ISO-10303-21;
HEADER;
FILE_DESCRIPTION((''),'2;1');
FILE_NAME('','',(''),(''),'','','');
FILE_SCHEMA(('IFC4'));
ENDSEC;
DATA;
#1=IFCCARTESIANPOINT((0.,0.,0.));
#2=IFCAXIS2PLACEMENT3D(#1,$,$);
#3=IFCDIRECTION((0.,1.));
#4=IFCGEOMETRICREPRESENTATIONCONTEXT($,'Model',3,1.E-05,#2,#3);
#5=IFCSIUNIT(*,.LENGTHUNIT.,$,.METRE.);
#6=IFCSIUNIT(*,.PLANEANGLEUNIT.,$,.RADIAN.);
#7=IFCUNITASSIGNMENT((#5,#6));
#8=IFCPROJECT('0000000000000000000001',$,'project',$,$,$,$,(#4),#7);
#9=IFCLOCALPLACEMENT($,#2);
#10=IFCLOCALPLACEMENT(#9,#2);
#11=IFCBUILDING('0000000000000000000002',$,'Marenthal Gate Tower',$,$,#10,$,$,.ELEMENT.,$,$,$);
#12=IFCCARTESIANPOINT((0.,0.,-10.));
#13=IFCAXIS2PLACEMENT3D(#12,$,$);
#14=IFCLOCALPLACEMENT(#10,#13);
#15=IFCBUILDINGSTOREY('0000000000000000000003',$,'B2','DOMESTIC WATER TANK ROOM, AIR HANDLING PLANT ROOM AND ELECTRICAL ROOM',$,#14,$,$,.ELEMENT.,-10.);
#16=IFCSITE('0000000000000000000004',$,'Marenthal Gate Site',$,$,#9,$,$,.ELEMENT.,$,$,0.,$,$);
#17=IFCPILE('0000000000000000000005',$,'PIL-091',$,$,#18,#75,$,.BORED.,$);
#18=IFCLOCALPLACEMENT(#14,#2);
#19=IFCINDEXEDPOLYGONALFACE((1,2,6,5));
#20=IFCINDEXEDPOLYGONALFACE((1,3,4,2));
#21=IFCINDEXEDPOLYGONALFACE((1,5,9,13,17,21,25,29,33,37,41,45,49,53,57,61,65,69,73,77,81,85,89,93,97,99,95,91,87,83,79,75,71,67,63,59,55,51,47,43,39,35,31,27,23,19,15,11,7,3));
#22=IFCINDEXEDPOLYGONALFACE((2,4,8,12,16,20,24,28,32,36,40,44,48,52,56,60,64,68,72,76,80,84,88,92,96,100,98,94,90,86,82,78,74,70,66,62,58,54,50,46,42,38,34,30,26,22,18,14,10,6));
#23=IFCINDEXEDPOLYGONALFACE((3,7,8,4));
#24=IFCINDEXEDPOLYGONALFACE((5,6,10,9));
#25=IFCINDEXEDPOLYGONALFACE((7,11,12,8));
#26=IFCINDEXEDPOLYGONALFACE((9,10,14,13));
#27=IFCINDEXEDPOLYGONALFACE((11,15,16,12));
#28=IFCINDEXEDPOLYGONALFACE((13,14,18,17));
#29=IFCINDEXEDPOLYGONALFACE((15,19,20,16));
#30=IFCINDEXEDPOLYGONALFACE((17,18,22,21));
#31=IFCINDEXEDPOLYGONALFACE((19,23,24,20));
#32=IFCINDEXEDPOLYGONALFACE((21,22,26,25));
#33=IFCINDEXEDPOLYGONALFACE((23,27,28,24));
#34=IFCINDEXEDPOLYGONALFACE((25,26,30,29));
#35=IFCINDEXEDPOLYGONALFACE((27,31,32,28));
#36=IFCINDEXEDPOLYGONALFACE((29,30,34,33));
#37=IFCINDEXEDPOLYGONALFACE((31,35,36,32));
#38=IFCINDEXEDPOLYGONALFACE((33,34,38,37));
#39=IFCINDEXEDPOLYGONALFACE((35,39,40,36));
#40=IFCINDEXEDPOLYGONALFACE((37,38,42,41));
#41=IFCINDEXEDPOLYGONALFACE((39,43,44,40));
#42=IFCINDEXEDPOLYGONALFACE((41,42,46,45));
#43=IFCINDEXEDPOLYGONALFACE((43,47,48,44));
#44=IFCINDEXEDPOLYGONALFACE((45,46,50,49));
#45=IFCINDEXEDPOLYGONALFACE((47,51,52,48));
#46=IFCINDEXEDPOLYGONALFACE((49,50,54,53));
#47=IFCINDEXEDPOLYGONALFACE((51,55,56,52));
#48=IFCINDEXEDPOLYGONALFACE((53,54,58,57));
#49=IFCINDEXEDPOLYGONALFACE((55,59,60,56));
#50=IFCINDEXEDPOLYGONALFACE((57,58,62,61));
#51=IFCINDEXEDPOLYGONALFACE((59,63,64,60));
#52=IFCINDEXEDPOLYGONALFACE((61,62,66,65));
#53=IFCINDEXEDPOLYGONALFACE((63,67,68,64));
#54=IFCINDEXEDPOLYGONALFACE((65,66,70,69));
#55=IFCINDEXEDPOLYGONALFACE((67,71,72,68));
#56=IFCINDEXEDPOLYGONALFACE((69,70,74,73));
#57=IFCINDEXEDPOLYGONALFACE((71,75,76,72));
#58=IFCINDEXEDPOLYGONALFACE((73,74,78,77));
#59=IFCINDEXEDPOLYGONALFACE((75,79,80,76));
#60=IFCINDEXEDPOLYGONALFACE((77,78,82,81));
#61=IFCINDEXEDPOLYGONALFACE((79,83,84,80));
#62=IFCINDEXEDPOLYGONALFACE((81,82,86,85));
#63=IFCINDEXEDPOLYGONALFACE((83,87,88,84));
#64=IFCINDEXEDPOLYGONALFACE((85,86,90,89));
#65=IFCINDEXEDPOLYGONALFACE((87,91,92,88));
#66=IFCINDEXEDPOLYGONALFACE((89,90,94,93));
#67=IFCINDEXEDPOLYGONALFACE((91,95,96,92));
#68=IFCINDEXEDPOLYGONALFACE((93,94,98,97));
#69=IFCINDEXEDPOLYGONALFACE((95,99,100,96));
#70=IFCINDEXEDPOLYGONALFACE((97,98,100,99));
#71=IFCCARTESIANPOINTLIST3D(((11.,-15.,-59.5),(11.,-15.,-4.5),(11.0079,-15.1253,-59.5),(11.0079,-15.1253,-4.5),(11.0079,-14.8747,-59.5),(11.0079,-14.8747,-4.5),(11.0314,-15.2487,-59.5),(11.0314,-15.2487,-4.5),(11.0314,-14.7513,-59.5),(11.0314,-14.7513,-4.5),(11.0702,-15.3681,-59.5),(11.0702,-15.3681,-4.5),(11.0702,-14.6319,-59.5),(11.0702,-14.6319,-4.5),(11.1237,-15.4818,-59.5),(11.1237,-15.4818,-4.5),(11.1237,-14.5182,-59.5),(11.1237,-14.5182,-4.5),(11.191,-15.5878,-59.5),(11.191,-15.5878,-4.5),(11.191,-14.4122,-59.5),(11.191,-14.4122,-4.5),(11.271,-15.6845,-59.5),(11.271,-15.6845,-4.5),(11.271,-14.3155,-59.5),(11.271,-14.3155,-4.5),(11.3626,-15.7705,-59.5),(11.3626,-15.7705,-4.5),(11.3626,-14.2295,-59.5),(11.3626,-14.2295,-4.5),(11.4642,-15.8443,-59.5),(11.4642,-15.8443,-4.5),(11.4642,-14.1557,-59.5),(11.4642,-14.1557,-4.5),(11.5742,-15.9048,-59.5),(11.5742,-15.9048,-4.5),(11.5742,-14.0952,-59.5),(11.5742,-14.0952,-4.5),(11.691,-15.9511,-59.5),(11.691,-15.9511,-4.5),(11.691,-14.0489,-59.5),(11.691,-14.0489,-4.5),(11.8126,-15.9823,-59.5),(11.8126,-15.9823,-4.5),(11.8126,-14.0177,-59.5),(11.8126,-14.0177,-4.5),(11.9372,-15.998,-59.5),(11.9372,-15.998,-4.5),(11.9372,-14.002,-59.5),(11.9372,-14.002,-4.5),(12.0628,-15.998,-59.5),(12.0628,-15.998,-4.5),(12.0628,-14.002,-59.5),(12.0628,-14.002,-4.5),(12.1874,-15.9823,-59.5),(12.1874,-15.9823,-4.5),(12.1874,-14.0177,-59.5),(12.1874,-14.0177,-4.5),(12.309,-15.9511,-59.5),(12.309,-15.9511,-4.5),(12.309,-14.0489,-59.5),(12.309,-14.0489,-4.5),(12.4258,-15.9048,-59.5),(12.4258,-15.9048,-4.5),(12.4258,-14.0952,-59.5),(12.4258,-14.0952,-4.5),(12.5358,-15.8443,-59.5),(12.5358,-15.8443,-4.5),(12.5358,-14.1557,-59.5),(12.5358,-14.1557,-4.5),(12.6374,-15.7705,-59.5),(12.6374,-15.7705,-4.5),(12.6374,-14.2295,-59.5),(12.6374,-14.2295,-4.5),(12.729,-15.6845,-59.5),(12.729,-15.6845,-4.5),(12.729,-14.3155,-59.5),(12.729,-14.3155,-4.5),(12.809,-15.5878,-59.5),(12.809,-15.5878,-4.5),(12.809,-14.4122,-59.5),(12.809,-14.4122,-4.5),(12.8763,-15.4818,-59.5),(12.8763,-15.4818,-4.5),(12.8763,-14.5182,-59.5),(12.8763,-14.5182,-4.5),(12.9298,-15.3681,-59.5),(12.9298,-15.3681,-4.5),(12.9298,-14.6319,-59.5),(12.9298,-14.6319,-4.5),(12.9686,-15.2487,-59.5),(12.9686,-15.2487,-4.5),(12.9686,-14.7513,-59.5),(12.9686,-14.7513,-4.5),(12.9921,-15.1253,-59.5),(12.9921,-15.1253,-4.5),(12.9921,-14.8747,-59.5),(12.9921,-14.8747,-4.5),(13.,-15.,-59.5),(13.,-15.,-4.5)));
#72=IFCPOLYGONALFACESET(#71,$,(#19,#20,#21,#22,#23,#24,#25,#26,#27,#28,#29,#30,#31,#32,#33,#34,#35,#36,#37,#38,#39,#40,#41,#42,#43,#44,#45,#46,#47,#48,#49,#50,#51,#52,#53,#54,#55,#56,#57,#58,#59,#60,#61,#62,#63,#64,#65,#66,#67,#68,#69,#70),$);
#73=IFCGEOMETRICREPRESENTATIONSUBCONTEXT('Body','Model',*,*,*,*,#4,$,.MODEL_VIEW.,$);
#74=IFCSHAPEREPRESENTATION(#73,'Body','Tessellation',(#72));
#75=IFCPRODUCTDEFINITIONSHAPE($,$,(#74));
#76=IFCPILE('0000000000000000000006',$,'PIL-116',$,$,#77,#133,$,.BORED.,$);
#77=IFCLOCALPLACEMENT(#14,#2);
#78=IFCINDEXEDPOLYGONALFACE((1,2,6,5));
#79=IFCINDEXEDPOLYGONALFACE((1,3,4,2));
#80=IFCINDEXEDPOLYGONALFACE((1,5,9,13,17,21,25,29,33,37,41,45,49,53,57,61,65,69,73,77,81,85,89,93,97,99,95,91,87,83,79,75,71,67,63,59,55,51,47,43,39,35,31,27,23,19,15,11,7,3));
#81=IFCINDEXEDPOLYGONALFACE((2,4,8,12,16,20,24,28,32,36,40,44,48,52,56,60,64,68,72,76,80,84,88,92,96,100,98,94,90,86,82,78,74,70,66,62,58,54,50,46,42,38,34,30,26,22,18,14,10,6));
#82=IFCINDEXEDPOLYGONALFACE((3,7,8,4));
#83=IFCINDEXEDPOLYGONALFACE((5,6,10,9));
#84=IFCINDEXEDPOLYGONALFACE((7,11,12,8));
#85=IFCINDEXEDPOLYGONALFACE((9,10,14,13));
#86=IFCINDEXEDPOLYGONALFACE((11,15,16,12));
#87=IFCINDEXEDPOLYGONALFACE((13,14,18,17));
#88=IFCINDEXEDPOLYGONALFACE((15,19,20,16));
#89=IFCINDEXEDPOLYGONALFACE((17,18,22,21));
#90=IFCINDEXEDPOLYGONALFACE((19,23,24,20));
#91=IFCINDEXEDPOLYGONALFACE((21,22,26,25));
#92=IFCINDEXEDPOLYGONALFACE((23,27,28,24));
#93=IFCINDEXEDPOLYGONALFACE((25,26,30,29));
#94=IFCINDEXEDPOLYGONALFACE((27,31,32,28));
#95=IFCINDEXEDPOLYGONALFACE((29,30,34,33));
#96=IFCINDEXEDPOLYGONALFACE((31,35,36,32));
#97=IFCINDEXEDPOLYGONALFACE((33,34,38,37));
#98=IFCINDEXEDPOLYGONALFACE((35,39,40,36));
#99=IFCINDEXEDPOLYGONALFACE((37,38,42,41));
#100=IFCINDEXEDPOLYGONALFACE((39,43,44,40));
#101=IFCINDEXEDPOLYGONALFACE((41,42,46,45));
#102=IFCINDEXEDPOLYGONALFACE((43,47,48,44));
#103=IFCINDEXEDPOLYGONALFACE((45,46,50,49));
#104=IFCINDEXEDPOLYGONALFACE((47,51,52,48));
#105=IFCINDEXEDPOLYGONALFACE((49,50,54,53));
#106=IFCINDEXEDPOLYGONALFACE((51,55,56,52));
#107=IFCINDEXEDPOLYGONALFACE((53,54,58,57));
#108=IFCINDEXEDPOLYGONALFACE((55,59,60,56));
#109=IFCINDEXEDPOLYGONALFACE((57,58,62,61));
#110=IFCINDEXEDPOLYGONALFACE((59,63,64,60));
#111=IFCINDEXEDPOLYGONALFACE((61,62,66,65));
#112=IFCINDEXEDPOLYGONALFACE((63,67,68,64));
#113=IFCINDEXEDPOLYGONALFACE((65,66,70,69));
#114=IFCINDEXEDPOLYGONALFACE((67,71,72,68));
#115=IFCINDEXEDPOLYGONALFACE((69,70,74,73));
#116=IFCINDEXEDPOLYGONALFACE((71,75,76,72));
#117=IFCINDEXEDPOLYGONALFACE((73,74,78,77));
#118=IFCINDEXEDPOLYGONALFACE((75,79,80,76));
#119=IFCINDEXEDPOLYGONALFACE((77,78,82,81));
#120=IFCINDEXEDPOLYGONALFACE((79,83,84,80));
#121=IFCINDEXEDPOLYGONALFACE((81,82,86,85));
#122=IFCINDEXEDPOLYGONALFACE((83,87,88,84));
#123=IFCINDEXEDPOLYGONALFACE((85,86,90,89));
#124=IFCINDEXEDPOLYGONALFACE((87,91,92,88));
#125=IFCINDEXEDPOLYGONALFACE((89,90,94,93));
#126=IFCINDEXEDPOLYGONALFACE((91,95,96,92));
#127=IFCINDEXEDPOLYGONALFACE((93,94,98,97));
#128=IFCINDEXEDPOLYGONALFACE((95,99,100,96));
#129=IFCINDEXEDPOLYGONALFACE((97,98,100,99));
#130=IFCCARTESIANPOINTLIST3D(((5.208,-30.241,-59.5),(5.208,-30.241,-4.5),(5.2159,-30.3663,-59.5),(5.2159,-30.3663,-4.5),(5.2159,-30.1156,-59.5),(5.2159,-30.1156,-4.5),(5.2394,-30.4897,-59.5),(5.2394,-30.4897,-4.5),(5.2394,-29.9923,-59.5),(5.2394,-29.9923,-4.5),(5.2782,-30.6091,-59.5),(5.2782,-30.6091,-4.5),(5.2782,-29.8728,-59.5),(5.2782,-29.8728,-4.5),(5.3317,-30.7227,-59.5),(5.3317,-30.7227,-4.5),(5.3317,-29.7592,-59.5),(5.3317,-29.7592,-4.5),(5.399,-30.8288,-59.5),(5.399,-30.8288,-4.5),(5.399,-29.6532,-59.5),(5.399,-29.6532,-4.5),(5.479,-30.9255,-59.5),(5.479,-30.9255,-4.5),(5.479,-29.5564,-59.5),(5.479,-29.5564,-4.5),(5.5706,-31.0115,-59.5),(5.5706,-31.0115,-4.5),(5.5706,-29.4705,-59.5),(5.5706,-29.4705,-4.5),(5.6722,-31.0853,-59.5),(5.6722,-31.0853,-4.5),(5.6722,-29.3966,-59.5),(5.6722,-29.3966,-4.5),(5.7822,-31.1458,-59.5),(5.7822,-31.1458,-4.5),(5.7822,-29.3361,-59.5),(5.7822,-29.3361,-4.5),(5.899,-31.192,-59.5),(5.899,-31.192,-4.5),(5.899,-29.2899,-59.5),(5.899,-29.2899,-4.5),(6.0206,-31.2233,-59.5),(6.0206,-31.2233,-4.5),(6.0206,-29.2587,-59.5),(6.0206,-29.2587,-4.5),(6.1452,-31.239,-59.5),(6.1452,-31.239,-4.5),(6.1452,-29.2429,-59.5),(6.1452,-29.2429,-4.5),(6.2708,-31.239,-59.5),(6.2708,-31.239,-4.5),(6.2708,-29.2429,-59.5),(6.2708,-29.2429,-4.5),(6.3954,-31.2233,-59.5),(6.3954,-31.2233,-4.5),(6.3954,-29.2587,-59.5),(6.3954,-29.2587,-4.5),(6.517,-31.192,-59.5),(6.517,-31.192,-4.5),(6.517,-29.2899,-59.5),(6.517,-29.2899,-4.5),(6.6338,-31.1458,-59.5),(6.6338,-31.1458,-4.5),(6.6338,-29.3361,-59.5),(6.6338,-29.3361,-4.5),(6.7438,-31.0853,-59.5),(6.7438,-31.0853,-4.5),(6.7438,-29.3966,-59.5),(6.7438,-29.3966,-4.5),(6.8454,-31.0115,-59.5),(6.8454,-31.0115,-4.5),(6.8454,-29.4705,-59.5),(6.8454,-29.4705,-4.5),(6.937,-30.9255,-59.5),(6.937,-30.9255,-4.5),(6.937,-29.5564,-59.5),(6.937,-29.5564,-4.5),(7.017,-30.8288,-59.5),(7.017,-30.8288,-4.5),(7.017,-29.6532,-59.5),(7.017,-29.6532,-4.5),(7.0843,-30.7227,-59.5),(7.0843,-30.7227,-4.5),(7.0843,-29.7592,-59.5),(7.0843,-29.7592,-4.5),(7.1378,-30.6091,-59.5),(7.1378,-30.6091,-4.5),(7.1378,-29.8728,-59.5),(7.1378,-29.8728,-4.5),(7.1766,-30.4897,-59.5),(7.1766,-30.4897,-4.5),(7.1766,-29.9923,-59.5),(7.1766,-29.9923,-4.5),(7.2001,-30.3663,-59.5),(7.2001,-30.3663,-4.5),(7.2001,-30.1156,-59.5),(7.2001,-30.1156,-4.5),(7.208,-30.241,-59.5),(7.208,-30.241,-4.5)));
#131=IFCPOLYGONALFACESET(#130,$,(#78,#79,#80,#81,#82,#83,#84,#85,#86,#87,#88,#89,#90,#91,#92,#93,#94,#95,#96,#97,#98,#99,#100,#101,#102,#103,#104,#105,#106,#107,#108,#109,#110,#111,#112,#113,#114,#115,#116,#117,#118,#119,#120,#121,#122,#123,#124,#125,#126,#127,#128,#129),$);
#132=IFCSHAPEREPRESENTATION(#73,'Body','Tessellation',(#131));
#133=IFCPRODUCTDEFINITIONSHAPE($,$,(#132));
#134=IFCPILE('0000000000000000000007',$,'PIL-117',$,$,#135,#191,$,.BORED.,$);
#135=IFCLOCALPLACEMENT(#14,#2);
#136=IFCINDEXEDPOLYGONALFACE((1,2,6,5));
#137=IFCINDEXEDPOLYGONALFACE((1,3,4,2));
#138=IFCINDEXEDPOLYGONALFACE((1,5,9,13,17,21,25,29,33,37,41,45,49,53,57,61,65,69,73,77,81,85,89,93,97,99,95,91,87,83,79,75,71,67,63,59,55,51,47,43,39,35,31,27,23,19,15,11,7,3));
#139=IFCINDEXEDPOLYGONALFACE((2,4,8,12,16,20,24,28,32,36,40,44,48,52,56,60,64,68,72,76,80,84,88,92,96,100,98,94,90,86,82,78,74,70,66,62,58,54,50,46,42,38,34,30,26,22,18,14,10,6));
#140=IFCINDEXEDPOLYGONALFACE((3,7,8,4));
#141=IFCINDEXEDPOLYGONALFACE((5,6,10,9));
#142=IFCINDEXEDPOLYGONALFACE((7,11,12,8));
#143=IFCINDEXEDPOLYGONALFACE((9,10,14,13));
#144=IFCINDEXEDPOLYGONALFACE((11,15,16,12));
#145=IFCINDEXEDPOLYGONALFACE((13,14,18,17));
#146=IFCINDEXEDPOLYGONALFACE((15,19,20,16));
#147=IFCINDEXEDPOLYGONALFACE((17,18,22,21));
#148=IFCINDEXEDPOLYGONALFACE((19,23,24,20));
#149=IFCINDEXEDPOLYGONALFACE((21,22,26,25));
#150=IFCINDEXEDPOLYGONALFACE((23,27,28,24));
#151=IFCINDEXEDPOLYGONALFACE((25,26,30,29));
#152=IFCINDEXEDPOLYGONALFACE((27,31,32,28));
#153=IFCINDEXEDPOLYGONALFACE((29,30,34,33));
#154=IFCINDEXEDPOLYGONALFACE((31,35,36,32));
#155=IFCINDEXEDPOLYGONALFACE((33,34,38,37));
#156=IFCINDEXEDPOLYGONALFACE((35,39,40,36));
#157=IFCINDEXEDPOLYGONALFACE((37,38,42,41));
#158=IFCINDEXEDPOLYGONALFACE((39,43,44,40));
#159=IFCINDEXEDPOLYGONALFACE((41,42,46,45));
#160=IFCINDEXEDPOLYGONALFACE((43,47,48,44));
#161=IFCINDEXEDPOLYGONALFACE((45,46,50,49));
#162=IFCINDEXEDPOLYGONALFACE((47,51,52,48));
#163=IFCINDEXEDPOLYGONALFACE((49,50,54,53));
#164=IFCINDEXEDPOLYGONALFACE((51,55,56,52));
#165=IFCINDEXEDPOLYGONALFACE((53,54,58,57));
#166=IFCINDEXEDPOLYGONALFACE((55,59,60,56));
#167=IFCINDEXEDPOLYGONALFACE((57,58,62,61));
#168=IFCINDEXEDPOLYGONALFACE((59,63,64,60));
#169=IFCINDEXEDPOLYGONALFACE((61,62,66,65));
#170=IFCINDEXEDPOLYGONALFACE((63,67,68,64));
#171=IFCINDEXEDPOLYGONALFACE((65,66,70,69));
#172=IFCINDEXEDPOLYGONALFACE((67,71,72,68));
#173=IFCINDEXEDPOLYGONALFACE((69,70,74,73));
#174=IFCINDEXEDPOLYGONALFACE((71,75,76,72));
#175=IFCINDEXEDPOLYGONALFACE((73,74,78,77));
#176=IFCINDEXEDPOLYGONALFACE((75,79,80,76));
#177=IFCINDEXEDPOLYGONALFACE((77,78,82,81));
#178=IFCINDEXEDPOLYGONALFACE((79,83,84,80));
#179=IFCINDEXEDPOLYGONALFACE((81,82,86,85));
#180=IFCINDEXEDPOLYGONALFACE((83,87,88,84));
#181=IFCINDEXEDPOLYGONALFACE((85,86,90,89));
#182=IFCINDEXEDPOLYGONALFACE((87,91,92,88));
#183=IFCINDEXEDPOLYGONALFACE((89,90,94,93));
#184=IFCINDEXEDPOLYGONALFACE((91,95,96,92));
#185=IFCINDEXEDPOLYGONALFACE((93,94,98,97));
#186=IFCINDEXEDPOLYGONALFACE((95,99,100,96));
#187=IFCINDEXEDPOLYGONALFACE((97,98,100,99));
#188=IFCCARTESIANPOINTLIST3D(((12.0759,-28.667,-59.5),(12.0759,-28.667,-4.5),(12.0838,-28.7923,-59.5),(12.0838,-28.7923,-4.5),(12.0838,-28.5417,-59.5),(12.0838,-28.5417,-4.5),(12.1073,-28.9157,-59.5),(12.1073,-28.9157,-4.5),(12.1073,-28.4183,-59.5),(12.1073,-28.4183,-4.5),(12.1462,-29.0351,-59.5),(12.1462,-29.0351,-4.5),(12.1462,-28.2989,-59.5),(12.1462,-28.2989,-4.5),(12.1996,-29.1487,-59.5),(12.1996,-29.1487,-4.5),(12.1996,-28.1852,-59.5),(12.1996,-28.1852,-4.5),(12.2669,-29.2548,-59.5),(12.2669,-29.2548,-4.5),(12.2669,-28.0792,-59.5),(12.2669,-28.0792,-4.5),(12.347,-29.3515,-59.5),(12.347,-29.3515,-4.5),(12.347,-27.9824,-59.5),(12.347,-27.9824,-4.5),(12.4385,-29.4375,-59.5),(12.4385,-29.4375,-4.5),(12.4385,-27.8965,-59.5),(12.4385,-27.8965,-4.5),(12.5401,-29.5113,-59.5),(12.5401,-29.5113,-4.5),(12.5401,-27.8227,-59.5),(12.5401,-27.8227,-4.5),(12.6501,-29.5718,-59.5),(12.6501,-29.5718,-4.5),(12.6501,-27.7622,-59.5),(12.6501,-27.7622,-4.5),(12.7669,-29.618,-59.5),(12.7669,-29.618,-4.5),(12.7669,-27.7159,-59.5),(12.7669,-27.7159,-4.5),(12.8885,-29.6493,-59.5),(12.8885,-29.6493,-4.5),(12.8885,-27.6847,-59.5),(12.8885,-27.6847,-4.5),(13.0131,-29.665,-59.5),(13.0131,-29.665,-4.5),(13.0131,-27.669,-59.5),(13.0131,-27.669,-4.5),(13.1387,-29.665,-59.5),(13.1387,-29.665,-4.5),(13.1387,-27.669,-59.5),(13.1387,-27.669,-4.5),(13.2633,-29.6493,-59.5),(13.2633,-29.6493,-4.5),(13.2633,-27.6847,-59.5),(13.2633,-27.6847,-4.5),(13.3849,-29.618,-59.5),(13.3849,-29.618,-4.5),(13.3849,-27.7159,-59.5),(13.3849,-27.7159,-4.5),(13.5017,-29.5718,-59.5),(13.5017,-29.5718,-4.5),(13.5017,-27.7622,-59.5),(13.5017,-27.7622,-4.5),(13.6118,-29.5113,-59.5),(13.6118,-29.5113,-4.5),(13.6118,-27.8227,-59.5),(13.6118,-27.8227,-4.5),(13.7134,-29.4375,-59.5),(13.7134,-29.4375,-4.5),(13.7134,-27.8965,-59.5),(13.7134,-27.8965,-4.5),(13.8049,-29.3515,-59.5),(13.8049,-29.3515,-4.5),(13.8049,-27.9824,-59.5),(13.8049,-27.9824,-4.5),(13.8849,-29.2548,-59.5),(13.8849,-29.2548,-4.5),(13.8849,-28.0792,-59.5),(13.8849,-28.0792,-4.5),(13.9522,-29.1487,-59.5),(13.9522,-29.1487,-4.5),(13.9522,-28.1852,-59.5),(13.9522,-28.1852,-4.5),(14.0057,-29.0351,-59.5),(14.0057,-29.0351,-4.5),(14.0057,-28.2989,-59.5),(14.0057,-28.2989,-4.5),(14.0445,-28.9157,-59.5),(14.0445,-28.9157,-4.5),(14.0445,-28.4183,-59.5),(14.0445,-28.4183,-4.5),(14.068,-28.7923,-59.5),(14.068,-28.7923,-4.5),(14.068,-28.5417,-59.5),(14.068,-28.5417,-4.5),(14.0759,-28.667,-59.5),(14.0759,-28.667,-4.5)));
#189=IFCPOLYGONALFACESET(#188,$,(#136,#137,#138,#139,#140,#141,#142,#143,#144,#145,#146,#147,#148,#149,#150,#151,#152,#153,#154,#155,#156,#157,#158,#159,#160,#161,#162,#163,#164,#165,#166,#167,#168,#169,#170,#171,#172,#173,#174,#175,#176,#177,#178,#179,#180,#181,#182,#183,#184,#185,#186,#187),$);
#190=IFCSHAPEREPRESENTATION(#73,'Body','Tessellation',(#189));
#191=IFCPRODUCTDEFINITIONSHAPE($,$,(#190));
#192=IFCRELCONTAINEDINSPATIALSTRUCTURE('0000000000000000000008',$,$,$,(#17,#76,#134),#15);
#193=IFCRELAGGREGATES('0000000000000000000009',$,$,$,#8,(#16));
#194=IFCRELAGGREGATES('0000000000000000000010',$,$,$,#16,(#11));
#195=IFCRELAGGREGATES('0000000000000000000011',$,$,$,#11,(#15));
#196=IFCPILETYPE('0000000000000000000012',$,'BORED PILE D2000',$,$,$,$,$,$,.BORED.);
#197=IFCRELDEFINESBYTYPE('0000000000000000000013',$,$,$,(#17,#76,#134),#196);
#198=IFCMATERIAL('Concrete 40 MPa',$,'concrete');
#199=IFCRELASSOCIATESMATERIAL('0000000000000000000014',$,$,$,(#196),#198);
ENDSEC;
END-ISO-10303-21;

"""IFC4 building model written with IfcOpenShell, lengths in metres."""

from ifc_helpers import new_model, si_unit, direction, frame, origin, origin_2d, place, context, subcontext, project, spatial, circle, extrude, material, type_object, element, save


model = new_model("IFC4")

# Units and contexts
model_context = context("Model", 3, precision=1e-05, world=origin(), true_north=direction((0.0, 1.0)))
body_context = subcontext(model_context, "Body", "Model", "MODEL_VIEW")
ifc_project = project(units=[si_unit("LENGTHUNIT", "METRE"), si_unit("PLANEANGLEUNIT", "RADIAN")], contexts=[model_context])

# Site, building, storey
site_placement = place(None, origin())
site = spatial("IfcSite", under=ifc_project, at=site_placement, Name="Marenthal Gate Site", CompositionType="ELEMENT", RefElevation=0.0)
building_placement = place(site_placement, origin())
building = spatial("IfcBuilding", under=site, at=building_placement, Name="Marenthal Gate Tower", CompositionType="ELEMENT")
storey_placement = place(building_placement, frame((0.0, 0.0, -10.0)))
storey = spatial("IfcBuildingStorey", under=building, at=storey_placement, Name="B2", Description="DOMESTIC WATER TANK ROOM, AIR HANDLING PLANT ROOM AND ELECTRICAL ROOM", CompositionType="ELEMENT", Elevation=-10.0)

# Piles
ifc_material_1 = material(Name="Concrete 40 MPa", Category="concrete")
pile_type = type_object("IfcPileType", Name="BORED PILE D2000", PredefinedType="BORED", material=ifc_material_1)
for number, where, z_axis, x_axis, name in (
    (1, (12.0, -15.0, -4.5), (0.0, 0.0, -1.0), (1.0, 0.0, 0.0), "PIL-091"),
    (2, (6.208, -30.241, -4.5), (0.0, 0.0, -1.0), (1.0, 0.0, 0.0), "PIL-116"),
    (3, (13.0759, -28.667, -4.5), (0.0, 0.0, -1.0), (1.0, 0.0, 0.0), "PIL-117"),
):
    element("IfcPile", number, at=place(storey_placement, frame(where, z_axis=z_axis, x_axis=x_axis)), inside=storey, type_object=pile_type, Name=name, PredefinedType="BORED", context=body_context, shape_type="SweptSolid", body=[
        extrude(circle(Radius=1.0, at=origin_2d()), origin(), (0.0, 0.0, 1.0), 55.0),
    ])

save(model, "model.ifc")
